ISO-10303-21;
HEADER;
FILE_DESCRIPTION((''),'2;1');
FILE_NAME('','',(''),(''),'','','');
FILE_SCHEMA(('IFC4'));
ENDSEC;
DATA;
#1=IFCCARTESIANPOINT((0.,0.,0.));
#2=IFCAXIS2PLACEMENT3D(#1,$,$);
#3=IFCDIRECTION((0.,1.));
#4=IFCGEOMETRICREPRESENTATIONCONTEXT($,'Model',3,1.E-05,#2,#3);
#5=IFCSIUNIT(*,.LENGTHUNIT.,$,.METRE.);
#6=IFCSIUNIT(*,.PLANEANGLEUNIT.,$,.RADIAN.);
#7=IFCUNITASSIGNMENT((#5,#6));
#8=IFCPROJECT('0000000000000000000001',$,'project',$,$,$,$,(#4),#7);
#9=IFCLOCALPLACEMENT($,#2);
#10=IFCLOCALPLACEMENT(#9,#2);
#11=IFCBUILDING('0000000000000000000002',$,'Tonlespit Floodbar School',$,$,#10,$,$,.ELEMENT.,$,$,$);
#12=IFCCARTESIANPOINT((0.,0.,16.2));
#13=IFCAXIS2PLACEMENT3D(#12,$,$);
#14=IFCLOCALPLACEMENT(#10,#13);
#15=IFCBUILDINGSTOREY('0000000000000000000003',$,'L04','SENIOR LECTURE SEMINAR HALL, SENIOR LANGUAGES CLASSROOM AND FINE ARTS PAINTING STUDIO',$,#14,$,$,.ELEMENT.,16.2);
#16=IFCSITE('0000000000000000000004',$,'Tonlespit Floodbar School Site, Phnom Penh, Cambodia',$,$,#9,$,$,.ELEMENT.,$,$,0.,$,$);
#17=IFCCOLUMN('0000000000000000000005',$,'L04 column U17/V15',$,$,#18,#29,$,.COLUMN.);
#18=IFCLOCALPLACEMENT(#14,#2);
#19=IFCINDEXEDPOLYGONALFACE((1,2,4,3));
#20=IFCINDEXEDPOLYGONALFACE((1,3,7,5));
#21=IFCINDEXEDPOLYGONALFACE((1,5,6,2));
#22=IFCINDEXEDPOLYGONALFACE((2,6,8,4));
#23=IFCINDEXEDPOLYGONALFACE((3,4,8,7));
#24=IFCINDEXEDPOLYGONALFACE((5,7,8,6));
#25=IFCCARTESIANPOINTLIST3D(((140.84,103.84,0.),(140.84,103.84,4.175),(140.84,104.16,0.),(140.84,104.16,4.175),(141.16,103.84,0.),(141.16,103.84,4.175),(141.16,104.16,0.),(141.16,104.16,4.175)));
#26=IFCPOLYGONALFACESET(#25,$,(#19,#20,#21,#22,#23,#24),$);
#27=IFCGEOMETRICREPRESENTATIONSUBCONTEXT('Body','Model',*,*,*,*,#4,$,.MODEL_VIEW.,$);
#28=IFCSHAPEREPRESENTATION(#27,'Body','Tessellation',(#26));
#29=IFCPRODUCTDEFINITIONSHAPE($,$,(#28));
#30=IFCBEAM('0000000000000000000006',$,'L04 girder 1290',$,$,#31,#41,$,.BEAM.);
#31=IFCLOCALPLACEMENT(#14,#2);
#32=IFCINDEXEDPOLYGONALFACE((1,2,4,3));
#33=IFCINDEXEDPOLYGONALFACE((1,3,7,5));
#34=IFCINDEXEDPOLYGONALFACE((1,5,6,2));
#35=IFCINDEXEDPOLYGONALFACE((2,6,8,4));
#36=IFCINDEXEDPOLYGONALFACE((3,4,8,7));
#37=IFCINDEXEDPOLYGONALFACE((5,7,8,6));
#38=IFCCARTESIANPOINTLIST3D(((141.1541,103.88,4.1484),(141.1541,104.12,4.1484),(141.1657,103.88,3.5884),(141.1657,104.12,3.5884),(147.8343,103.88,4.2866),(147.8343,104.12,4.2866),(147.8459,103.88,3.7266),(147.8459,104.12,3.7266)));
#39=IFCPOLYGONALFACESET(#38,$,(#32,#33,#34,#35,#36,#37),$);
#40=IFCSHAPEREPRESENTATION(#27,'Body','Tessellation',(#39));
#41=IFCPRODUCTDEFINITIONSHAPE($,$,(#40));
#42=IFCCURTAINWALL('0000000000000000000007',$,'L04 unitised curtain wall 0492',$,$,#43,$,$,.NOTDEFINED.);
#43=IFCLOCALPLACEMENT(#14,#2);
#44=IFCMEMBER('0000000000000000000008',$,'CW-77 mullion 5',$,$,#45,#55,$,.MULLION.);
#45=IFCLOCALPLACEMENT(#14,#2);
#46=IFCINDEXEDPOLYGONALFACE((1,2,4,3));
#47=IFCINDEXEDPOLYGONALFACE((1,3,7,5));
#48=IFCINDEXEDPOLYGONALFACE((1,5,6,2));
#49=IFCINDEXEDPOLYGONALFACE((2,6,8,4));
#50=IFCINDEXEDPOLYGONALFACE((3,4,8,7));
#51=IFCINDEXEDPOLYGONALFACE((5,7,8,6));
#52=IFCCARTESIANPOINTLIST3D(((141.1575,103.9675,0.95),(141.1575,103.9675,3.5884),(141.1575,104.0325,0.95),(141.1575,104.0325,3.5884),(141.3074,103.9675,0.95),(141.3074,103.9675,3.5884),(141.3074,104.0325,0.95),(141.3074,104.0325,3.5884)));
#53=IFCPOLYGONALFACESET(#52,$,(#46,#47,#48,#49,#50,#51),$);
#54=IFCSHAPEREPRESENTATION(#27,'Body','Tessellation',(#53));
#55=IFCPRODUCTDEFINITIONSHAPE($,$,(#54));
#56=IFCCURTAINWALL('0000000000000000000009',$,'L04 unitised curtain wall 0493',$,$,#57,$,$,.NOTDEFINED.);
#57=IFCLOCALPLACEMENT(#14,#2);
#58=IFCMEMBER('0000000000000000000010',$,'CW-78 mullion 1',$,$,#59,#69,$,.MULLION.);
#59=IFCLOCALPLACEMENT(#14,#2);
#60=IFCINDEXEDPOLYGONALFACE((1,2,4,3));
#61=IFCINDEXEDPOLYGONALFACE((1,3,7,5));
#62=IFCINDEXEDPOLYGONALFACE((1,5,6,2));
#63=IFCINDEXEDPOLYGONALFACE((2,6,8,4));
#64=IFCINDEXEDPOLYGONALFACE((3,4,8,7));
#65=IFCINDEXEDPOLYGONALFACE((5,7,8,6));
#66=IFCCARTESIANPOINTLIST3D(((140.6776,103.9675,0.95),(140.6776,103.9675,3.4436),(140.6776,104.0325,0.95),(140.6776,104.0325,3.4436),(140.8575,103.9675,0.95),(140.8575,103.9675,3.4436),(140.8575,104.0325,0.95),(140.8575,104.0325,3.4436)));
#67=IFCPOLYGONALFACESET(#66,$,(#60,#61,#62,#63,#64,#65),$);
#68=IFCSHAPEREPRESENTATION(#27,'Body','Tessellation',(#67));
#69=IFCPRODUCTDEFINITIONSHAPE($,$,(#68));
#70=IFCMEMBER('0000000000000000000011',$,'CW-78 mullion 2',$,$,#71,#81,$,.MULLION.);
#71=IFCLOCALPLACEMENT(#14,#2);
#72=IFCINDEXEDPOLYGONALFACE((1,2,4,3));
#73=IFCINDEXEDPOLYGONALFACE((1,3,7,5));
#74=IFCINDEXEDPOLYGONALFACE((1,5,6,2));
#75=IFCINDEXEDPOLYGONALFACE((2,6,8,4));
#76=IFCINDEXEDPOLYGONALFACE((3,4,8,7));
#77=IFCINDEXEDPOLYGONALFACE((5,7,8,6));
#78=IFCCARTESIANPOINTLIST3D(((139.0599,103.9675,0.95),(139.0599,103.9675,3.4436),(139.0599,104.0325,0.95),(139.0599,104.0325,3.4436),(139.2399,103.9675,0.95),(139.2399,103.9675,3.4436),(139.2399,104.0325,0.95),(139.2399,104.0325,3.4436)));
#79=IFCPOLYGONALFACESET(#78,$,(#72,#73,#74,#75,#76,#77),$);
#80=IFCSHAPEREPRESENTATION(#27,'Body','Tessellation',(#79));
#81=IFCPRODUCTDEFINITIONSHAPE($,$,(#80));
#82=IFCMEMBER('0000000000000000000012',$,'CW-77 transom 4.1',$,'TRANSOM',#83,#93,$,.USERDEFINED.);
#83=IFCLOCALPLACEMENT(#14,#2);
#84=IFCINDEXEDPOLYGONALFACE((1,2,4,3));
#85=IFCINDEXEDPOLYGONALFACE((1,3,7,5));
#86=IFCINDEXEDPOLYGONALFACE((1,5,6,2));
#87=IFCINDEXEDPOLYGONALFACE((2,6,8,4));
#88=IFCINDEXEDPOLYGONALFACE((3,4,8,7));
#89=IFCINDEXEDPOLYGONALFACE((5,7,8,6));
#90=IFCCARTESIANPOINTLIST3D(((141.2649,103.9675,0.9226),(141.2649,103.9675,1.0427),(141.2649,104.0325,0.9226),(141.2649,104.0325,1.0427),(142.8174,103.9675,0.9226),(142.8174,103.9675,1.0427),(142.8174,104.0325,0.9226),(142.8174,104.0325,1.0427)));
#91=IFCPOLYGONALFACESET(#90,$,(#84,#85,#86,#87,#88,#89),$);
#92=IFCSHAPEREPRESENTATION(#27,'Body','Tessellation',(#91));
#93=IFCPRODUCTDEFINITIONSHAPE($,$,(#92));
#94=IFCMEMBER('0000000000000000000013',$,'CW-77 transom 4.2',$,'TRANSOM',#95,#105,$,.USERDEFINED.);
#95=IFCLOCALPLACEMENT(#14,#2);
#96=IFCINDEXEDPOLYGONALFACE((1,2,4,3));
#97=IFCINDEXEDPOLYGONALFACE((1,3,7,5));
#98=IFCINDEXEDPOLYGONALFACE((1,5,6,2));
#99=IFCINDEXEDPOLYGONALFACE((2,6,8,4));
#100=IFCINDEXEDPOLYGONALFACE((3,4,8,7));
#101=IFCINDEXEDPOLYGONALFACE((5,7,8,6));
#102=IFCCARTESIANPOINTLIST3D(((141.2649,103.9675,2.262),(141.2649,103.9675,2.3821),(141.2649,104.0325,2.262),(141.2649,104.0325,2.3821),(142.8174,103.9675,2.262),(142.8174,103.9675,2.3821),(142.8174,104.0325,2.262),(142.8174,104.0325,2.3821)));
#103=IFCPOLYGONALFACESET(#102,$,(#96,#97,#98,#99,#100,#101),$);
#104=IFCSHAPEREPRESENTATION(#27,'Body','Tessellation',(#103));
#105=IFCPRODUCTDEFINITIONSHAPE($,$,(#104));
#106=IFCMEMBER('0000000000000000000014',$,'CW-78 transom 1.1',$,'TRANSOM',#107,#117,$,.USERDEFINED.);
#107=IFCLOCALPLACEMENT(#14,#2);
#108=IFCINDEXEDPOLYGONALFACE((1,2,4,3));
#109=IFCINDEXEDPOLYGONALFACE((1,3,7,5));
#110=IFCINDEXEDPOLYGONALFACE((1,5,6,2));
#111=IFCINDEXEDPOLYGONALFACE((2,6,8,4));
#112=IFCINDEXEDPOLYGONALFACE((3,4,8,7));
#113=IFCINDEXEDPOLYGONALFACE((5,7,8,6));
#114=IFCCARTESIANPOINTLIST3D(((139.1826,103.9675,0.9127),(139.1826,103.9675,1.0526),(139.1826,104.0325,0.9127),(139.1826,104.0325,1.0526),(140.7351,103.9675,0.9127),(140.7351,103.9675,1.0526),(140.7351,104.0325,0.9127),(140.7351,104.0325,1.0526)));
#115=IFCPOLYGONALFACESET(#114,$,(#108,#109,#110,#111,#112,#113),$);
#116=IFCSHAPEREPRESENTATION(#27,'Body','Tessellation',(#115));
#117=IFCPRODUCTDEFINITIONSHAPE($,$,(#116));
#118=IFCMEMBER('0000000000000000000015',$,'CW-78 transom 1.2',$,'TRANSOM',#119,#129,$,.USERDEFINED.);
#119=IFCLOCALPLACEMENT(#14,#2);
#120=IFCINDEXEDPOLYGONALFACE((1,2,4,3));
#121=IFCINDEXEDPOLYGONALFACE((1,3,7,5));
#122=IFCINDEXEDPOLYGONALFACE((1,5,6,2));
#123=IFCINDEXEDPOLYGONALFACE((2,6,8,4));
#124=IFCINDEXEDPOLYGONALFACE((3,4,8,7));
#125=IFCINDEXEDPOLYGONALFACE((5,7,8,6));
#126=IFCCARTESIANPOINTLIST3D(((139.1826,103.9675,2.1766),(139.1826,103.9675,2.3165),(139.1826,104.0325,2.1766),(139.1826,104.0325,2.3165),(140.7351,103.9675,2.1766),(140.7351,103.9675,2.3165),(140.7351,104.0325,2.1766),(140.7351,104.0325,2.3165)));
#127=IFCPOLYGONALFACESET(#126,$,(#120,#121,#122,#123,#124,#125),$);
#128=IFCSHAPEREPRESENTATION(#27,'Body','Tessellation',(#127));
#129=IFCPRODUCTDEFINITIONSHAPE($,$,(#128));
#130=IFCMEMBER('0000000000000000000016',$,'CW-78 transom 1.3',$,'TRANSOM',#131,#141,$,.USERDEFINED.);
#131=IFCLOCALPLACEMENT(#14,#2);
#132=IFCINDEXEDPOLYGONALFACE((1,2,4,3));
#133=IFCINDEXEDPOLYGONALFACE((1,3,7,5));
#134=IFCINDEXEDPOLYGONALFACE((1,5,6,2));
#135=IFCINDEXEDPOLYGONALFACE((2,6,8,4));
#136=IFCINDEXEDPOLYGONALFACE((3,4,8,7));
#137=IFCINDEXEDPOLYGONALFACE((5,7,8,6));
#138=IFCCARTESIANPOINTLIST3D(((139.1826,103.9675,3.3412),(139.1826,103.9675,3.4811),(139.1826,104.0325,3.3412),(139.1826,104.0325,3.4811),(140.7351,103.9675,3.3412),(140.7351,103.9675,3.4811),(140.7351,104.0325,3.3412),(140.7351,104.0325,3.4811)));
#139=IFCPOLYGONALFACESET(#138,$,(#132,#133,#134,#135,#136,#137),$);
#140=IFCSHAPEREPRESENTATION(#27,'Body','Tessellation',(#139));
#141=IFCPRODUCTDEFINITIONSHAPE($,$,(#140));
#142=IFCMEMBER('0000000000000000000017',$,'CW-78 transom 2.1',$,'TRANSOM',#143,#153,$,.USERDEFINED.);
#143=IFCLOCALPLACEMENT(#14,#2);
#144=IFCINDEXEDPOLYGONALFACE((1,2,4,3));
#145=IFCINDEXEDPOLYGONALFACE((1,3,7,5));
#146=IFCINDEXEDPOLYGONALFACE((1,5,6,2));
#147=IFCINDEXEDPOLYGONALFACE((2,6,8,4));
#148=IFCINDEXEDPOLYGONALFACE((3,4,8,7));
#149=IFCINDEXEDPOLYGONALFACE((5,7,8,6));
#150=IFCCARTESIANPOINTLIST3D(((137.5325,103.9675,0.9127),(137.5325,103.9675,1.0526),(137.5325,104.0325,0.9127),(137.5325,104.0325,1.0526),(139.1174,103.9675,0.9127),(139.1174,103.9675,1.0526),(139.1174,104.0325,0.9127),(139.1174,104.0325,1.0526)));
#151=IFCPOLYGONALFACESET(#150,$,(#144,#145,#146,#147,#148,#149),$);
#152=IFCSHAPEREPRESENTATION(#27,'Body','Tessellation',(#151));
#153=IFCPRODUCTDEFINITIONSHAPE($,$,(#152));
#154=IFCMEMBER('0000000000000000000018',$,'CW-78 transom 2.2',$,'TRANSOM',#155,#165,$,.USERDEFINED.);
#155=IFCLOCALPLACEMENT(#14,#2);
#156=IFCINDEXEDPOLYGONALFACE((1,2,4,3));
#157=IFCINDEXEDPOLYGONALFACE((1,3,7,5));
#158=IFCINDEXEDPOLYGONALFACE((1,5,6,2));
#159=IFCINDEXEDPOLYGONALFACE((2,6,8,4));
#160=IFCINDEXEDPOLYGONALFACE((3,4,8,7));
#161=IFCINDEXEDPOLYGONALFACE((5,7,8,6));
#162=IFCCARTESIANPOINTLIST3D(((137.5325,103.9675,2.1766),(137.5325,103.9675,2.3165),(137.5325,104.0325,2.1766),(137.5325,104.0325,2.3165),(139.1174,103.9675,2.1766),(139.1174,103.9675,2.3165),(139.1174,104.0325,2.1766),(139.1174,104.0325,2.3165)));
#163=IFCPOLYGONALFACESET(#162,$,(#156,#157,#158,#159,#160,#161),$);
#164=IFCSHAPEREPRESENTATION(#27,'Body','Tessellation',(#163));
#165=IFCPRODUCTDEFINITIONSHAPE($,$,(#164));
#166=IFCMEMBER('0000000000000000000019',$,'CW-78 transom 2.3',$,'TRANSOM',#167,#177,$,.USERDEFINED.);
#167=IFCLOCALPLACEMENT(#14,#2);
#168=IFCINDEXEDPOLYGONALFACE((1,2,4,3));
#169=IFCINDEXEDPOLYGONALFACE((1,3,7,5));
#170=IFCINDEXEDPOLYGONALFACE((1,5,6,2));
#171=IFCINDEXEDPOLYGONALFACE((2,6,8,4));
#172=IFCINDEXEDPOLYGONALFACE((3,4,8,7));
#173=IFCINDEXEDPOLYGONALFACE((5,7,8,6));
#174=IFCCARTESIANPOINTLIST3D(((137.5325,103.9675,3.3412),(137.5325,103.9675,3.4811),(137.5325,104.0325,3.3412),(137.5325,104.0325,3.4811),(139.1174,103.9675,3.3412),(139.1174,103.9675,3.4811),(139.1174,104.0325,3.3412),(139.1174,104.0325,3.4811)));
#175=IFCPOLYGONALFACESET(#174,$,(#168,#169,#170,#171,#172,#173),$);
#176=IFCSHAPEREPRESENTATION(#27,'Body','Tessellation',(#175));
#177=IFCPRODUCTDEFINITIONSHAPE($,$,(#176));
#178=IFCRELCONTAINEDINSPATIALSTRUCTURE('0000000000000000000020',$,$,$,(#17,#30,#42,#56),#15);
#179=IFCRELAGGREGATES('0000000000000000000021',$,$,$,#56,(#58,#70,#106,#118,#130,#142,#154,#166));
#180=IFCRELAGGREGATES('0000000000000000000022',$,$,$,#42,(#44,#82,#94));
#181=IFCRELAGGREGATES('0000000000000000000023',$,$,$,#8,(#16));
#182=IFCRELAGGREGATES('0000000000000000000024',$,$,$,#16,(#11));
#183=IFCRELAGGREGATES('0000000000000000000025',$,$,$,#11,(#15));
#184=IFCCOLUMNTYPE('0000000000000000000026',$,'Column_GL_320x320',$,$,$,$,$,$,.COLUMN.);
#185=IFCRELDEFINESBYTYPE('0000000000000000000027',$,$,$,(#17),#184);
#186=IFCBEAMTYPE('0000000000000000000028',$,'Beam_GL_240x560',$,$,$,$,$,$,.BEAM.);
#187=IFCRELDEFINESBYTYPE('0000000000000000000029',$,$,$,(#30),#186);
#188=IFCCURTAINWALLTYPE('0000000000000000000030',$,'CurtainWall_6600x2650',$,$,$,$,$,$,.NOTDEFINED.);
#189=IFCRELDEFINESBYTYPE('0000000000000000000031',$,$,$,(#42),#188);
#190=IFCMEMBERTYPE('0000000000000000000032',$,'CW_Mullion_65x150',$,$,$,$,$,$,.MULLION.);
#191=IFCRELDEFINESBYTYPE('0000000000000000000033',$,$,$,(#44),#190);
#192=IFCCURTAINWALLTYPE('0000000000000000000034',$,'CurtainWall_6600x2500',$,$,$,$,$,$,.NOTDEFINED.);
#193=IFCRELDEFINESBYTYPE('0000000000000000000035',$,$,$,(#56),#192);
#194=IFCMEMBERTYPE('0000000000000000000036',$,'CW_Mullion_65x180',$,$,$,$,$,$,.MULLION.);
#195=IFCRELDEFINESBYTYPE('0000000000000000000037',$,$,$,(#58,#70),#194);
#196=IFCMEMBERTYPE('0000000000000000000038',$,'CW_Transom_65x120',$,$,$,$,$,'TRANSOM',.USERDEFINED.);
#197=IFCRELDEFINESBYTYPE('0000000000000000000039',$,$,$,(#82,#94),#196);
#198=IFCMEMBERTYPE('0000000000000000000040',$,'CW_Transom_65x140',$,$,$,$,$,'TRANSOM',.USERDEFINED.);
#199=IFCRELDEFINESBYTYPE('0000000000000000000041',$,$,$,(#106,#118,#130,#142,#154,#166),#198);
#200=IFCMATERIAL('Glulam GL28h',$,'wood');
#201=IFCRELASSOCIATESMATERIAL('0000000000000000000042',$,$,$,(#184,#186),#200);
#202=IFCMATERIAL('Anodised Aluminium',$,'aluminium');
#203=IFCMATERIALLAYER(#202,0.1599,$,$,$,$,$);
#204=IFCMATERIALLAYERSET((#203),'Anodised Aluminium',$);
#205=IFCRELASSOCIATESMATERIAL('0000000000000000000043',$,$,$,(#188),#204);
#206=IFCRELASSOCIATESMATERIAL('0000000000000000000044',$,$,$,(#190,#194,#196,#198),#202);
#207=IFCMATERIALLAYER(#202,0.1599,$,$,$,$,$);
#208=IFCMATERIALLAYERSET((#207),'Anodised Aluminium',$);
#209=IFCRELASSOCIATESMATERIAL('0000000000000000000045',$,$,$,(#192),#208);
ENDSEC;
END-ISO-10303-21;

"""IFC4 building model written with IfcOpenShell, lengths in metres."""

from ifc_helpers import new_model, si_unit, direction, frame, origin, origin_2d, place, context, subcontext, project, spatial, rectangle, extrude, material, layer, layer_set, material_profile, profile_set, type_object, element, aggregate, save


model = new_model("IFC4")

# Units and contexts
model_context = context("Model", 3, precision=1e-05, world=origin(), true_north=direction((0.0, 1.0)))
body_context = subcontext(model_context, "Body", "Model", "MODEL_VIEW")
ifc_project = project(units=[si_unit("LENGTHUNIT", "METRE"), si_unit("PLANEANGLEUNIT", "RADIAN")], contexts=[model_context])

# Site, building, storey
site_placement = place(None, origin())
site = spatial("IfcSite", under=ifc_project, at=site_placement, Name="Tonlespit Floodbar School Site, Phnom Penh, Cambodia", CompositionType="ELEMENT", RefElevation=0.0)
building_placement = place(site_placement, origin())
building = spatial("IfcBuilding", under=site, at=building_placement, Name="Tonlespit Floodbar School", CompositionType="ELEMENT")
storey_placement = place(building_placement, frame((0.0, 0.0, 16.2)))
storey = spatial("IfcBuildingStorey", under=building, at=storey_placement, Name="L04", Description="SENIOR LECTURE SEMINAR HALL, SENIOR LANGUAGES CLASSROOM AND FINE ARTS PAINTING STUDIO", CompositionType="ELEMENT", Elevation=16.2)

# Column
ifc_material_1 = material(Name="Glulam GL28h", Category="wood")
ifc_material_profile_1 = material_profile(ifc_material_1, rectangle(XDim=0.3201, YDim=0.3201, at=origin_2d()), Name="GL 320x320")
ifc_profile_set_1 = profile_set([ifc_material_profile_1], Name="Glulam GL28h")
column_type = type_object("IfcColumnType", Name="Column_GL_320x320", PredefinedType="COLUMN", material=ifc_profile_set_1)
column_placement = place(storey_placement, frame((141.0, 104.0, 0.0), z_axis=(0.0, 0.0, 1.0), x_axis=(1.0, 0.0, 0.0)))
element("IfcColumn", 1, at=column_placement, inside=storey, type_object=column_type, Name="L04 column U17/V15", PredefinedType="COLUMN", context=body_context, shape_type="SweptSolid", body=[
    extrude(rectangle(XDim=0.3201, YDim=0.3201, at=origin_2d()), origin(), (0.0, 0.0, 1.0), 4.175),
])

# Beam
ifc_material_profile_2 = material_profile(ifc_material_1, rectangle(XDim=0.24, YDim=0.5601, at=origin_2d()), Name="GL 240x560")
ifc_profile_set_2 = profile_set([ifc_material_profile_2], Name="Glulam GL28h")
beam_type = type_object("IfcBeamType", Name="Beam_GL_240x560", PredefinedType="BEAM", material=ifc_profile_set_2)
beam_placement = place(storey_placement, frame((141.1599, 104.0, 3.8684), z_axis=(0.999786, 0.0, 0.020681), x_axis=(0.0, 1.0, 0.0)))
element("IfcBeam", 2, at=beam_placement, inside=storey, type_object=beam_type, Name="L04 girder 1290", PredefinedType="BEAM", context=body_context, shape_type="SweptSolid", body=[
    extrude(rectangle(XDim=0.24, YDim=0.5601, at=origin_2d()), origin(), (0.0, 0.0, 1.0), 6.6816),
])

# Curtain wall, member
ifc_material_2 = material(Name="Anodised Aluminium", Category="aluminium")
ifc_layer_1 = layer(ifc_material_2, 0.1599)
ifc_layer_set_1 = layer_set([ifc_layer_1], Name="Anodised Aluminium")
curtain_wall_type_1 = type_object("IfcCurtainWallType", Name="CurtainWall_6600x2650", PredefinedType="NOTDEFINED", material=ifc_layer_set_1)
curtain_wall_1_placement = place(storey_placement, origin())
curtain_wall_1 = element("IfcCurtainWall", 3, at=curtain_wall_1_placement, inside=storey, type_object=curtain_wall_type_1, Name="L04 unitised curtain wall 0492", PredefinedType="NOTDEFINED")
ifc_material_profile_3 = material_profile(ifc_material_2, rectangle(XDim=0.0649, YDim=0.1499, at=origin_2d()), Name="ALU M65x150")
ifc_profile_set_3 = profile_set([ifc_material_profile_3], Name="Anodised Aluminium")
member_type_1 = type_object("IfcMemberType", Name="CW_Mullion_65x150", PredefinedType="MULLION", material=ifc_profile_set_3)
member_1_placement = place(storey_placement, frame((141.2324, 104.0, 0.95), z_axis=(0.0, 0.0, 1.0), x_axis=(0.0, -1.0, 0.0)))
member_1 = element("IfcMember", 4, at=member_1_placement, type_object=member_type_1, Name="CW-77 mullion 5", PredefinedType="MULLION", context=body_context, shape_type="SweptSolid", body=[
    extrude(rectangle(XDim=0.0649, YDim=0.1499, at=origin_2d()), origin(), (0.0, 0.0, 1.0), 2.6384),
])

# Curtain wall, members
ifc_layer_2 = layer(ifc_material_2, 0.1599)
ifc_layer_set_2 = layer_set([ifc_layer_2], Name="Anodised Aluminium")
curtain_wall_type_2 = type_object("IfcCurtainWallType", Name="CurtainWall_6600x2500", PredefinedType="NOTDEFINED", material=ifc_layer_set_2)
curtain_wall_2_placement = place(storey_placement, origin())
curtain_wall_2 = element("IfcCurtainWall", 5, at=curtain_wall_2_placement, inside=storey, type_object=curtain_wall_type_2, Name="L04 unitised curtain wall 0493", PredefinedType="NOTDEFINED")
ifc_material_profile_4 = material_profile(ifc_material_2, rectangle(XDim=0.0649, YDim=0.1799, at=origin_2d()), Name="ALU M65x180")
ifc_profile_set_4 = profile_set([ifc_material_profile_4], Name="Anodised Aluminium")
member_type_2 = type_object("IfcMemberType", Name="CW_Mullion_65x180", PredefinedType="MULLION", material=ifc_profile_set_4)
member_2_placement = place(storey_placement, frame((140.7676, 104.0, 0.95), z_axis=(0.0, 0.0, 1.0), x_axis=(0.0, -1.0, 0.0)))
member_2 = element("IfcMember", 6, at=member_2_placement, type_object=member_type_2, Name="CW-78 mullion 1", PredefinedType="MULLION", context=body_context, shape_type="SweptSolid", body=[
    extrude(rectangle(XDim=0.0649, YDim=0.1799, at=origin_2d()), origin(), (0.0, 0.0, 1.0), 2.4937),
])
member_3_placement = place(storey_placement, frame((139.1499, 104.0, 0.95), z_axis=(0.0, 0.0, 1.0), x_axis=(0.0, -1.0, 0.0)))
member_3 = element("IfcMember", 7, at=member_3_placement, type_object=member_type_2, Name="CW-78 mullion 2", PredefinedType="MULLION", context=body_context, shape_type="SweptSolid", body=[
    extrude(rectangle(XDim=0.0649, YDim=0.1799, at=origin_2d()), origin(), (0.0, 0.0, 1.0), 2.4937),
])

# Members
ifc_material_profile_5 = material_profile(ifc_material_2, rectangle(XDim=0.0649, YDim=0.1201, at=origin_2d()), Name="ALU T65x120")
ifc_profile_set_5 = profile_set([ifc_material_profile_5], Name="Anodised Aluminium")
member_type_3 = type_object("IfcMemberType", Name="CW_Transom_65x120", ElementType="TRANSOM", PredefinedType="USERDEFINED", material=ifc_profile_set_5)
member_4_placement = place(storey_placement, frame((142.8174, 104.0, 0.9827), z_axis=(-1.0, 0.0, 0.0), x_axis=(0.0, -1.0, 0.0)))
member_4 = element("IfcMember", 8, at=member_4_placement, type_object=member_type_3, Name="CW-77 transom 4.1", ObjectType="TRANSOM", PredefinedType="USERDEFINED", context=body_context, shape_type="SweptSolid", body=[
    extrude(rectangle(XDim=0.0649, YDim=0.1201, at=origin_2d()), origin(), (0.0, 0.0, 1.0), 1.5525),
])
member_5_placement = place(storey_placement, frame((142.8174, 104.0, 2.322), z_axis=(-1.0, 0.0, 0.0), x_axis=(0.0, -1.0, 0.0)))
member_5 = element("IfcMember", 9, at=member_5_placement, type_object=member_type_3, Name="CW-77 transom 4.2", ObjectType="TRANSOM", PredefinedType="USERDEFINED", context=body_context, shape_type="SweptSolid", body=[
    extrude(rectangle(XDim=0.0649, YDim=0.1201, at=origin_2d()), origin(), (0.0, 0.0, 1.0), 1.5525),
])
ifc_material_profile_6 = material_profile(ifc_material_2, rectangle(XDim=0.0649, YDim=0.1399, at=origin_2d()), Name="ALU T65x140")
ifc_profile_set_6 = profile_set([ifc_material_profile_6], Name="Anodised Aluminium")
member_type_4 = type_object("IfcMemberType", Name="CW_Transom_65x140", ElementType="TRANSOM", PredefinedType="USERDEFINED", material=ifc_profile_set_6)
member_6_placement = place(storey_placement, frame((140.7351, 104.0, 0.9827), z_axis=(-1.0, 0.0, 0.0), x_axis=(0.0, -1.0, 0.0)))
member_6 = element("IfcMember", 10, at=member_6_placement, type_object=member_type_4, Name="CW-78 transom 1.1", ObjectType="TRANSOM", PredefinedType="USERDEFINED", context=body_context, shape_type="SweptSolid", body=[
    extrude(rectangle(XDim=0.0649, YDim=0.1399, at=origin_2d()), origin(), (0.0, 0.0, 1.0), 1.5525),
])
member_7_placement = place(storey_placement, frame((140.7351, 104.0, 2.2466), z_axis=(-1.0, 0.0, 0.0), x_axis=(0.0, -1.0, 0.0)))
member_7 = element("IfcMember", 11, at=member_7_placement, type_object=member_type_4, Name="CW-78 transom 1.2", ObjectType="TRANSOM", PredefinedType="USERDEFINED", context=body_context, shape_type="SweptSolid", body=[
    extrude(rectangle(XDim=0.0649, YDim=0.1399, at=origin_2d()), origin(), (0.0, 0.0, 1.0), 1.5525),
])
member_8_placement = place(storey_placement, frame((140.7351, 104.0, 3.4111), z_axis=(-1.0, 0.0, 0.0), x_axis=(0.0, -1.0, 0.0)))
member_8 = element("IfcMember", 12, at=member_8_placement, type_object=member_type_4, Name="CW-78 transom 1.3", ObjectType="TRANSOM", PredefinedType="USERDEFINED", context=body_context, shape_type="SweptSolid", body=[
    extrude(rectangle(XDim=0.0649, YDim=0.1399, at=origin_2d()), origin(), (0.0, 0.0, 1.0), 1.5525),
])
member_9_placement = place(storey_placement, frame((139.1174, 104.0, 0.9827), z_axis=(-1.0, 0.0, 0.0), x_axis=(0.0, -1.0, 0.0)))
member_9 = element("IfcMember", 13, at=member_9_placement, type_object=member_type_4, Name="CW-78 transom 2.1", ObjectType="TRANSOM", PredefinedType="USERDEFINED", context=body_context, shape_type="SweptSolid", body=[
    extrude(rectangle(XDim=0.0649, YDim=0.1399, at=origin_2d()), origin(), (0.0, 0.0, 1.0), 1.585),
])
member_10_placement = place(storey_placement, frame((139.1174, 104.0, 2.2466), z_axis=(-1.0, 0.0, 0.0), x_axis=(0.0, -1.0, 0.0)))
member_10 = element("IfcMember", 14, at=member_10_placement, type_object=member_type_4, Name="CW-78 transom 2.2", ObjectType="TRANSOM", PredefinedType="USERDEFINED", context=body_context, shape_type="SweptSolid", body=[
    extrude(rectangle(XDim=0.0649, YDim=0.1399, at=origin_2d()), origin(), (0.0, 0.0, 1.0), 1.585),
])
member_11_placement = place(storey_placement, frame((139.1174, 104.0, 3.4111), z_axis=(-1.0, 0.0, 0.0), x_axis=(0.0, -1.0, 0.0)))
member_11 = element("IfcMember", 15, at=member_11_placement, type_object=member_type_4, Name="CW-78 transom 2.3", ObjectType="TRANSOM", PredefinedType="USERDEFINED", context=body_context, shape_type="SweptSolid", body=[
    extrude(rectangle(XDim=0.0649, YDim=0.1399, at=origin_2d()), origin(), (0.0, 0.0, 1.0), 1.585),
])

aggregate(curtain_wall_2, [member_2, member_3, member_6, member_7, member_8, member_9, member_10, member_11])
aggregate(curtain_wall_1, [member_1, member_4, member_5])

save(model, "model.ifc")
